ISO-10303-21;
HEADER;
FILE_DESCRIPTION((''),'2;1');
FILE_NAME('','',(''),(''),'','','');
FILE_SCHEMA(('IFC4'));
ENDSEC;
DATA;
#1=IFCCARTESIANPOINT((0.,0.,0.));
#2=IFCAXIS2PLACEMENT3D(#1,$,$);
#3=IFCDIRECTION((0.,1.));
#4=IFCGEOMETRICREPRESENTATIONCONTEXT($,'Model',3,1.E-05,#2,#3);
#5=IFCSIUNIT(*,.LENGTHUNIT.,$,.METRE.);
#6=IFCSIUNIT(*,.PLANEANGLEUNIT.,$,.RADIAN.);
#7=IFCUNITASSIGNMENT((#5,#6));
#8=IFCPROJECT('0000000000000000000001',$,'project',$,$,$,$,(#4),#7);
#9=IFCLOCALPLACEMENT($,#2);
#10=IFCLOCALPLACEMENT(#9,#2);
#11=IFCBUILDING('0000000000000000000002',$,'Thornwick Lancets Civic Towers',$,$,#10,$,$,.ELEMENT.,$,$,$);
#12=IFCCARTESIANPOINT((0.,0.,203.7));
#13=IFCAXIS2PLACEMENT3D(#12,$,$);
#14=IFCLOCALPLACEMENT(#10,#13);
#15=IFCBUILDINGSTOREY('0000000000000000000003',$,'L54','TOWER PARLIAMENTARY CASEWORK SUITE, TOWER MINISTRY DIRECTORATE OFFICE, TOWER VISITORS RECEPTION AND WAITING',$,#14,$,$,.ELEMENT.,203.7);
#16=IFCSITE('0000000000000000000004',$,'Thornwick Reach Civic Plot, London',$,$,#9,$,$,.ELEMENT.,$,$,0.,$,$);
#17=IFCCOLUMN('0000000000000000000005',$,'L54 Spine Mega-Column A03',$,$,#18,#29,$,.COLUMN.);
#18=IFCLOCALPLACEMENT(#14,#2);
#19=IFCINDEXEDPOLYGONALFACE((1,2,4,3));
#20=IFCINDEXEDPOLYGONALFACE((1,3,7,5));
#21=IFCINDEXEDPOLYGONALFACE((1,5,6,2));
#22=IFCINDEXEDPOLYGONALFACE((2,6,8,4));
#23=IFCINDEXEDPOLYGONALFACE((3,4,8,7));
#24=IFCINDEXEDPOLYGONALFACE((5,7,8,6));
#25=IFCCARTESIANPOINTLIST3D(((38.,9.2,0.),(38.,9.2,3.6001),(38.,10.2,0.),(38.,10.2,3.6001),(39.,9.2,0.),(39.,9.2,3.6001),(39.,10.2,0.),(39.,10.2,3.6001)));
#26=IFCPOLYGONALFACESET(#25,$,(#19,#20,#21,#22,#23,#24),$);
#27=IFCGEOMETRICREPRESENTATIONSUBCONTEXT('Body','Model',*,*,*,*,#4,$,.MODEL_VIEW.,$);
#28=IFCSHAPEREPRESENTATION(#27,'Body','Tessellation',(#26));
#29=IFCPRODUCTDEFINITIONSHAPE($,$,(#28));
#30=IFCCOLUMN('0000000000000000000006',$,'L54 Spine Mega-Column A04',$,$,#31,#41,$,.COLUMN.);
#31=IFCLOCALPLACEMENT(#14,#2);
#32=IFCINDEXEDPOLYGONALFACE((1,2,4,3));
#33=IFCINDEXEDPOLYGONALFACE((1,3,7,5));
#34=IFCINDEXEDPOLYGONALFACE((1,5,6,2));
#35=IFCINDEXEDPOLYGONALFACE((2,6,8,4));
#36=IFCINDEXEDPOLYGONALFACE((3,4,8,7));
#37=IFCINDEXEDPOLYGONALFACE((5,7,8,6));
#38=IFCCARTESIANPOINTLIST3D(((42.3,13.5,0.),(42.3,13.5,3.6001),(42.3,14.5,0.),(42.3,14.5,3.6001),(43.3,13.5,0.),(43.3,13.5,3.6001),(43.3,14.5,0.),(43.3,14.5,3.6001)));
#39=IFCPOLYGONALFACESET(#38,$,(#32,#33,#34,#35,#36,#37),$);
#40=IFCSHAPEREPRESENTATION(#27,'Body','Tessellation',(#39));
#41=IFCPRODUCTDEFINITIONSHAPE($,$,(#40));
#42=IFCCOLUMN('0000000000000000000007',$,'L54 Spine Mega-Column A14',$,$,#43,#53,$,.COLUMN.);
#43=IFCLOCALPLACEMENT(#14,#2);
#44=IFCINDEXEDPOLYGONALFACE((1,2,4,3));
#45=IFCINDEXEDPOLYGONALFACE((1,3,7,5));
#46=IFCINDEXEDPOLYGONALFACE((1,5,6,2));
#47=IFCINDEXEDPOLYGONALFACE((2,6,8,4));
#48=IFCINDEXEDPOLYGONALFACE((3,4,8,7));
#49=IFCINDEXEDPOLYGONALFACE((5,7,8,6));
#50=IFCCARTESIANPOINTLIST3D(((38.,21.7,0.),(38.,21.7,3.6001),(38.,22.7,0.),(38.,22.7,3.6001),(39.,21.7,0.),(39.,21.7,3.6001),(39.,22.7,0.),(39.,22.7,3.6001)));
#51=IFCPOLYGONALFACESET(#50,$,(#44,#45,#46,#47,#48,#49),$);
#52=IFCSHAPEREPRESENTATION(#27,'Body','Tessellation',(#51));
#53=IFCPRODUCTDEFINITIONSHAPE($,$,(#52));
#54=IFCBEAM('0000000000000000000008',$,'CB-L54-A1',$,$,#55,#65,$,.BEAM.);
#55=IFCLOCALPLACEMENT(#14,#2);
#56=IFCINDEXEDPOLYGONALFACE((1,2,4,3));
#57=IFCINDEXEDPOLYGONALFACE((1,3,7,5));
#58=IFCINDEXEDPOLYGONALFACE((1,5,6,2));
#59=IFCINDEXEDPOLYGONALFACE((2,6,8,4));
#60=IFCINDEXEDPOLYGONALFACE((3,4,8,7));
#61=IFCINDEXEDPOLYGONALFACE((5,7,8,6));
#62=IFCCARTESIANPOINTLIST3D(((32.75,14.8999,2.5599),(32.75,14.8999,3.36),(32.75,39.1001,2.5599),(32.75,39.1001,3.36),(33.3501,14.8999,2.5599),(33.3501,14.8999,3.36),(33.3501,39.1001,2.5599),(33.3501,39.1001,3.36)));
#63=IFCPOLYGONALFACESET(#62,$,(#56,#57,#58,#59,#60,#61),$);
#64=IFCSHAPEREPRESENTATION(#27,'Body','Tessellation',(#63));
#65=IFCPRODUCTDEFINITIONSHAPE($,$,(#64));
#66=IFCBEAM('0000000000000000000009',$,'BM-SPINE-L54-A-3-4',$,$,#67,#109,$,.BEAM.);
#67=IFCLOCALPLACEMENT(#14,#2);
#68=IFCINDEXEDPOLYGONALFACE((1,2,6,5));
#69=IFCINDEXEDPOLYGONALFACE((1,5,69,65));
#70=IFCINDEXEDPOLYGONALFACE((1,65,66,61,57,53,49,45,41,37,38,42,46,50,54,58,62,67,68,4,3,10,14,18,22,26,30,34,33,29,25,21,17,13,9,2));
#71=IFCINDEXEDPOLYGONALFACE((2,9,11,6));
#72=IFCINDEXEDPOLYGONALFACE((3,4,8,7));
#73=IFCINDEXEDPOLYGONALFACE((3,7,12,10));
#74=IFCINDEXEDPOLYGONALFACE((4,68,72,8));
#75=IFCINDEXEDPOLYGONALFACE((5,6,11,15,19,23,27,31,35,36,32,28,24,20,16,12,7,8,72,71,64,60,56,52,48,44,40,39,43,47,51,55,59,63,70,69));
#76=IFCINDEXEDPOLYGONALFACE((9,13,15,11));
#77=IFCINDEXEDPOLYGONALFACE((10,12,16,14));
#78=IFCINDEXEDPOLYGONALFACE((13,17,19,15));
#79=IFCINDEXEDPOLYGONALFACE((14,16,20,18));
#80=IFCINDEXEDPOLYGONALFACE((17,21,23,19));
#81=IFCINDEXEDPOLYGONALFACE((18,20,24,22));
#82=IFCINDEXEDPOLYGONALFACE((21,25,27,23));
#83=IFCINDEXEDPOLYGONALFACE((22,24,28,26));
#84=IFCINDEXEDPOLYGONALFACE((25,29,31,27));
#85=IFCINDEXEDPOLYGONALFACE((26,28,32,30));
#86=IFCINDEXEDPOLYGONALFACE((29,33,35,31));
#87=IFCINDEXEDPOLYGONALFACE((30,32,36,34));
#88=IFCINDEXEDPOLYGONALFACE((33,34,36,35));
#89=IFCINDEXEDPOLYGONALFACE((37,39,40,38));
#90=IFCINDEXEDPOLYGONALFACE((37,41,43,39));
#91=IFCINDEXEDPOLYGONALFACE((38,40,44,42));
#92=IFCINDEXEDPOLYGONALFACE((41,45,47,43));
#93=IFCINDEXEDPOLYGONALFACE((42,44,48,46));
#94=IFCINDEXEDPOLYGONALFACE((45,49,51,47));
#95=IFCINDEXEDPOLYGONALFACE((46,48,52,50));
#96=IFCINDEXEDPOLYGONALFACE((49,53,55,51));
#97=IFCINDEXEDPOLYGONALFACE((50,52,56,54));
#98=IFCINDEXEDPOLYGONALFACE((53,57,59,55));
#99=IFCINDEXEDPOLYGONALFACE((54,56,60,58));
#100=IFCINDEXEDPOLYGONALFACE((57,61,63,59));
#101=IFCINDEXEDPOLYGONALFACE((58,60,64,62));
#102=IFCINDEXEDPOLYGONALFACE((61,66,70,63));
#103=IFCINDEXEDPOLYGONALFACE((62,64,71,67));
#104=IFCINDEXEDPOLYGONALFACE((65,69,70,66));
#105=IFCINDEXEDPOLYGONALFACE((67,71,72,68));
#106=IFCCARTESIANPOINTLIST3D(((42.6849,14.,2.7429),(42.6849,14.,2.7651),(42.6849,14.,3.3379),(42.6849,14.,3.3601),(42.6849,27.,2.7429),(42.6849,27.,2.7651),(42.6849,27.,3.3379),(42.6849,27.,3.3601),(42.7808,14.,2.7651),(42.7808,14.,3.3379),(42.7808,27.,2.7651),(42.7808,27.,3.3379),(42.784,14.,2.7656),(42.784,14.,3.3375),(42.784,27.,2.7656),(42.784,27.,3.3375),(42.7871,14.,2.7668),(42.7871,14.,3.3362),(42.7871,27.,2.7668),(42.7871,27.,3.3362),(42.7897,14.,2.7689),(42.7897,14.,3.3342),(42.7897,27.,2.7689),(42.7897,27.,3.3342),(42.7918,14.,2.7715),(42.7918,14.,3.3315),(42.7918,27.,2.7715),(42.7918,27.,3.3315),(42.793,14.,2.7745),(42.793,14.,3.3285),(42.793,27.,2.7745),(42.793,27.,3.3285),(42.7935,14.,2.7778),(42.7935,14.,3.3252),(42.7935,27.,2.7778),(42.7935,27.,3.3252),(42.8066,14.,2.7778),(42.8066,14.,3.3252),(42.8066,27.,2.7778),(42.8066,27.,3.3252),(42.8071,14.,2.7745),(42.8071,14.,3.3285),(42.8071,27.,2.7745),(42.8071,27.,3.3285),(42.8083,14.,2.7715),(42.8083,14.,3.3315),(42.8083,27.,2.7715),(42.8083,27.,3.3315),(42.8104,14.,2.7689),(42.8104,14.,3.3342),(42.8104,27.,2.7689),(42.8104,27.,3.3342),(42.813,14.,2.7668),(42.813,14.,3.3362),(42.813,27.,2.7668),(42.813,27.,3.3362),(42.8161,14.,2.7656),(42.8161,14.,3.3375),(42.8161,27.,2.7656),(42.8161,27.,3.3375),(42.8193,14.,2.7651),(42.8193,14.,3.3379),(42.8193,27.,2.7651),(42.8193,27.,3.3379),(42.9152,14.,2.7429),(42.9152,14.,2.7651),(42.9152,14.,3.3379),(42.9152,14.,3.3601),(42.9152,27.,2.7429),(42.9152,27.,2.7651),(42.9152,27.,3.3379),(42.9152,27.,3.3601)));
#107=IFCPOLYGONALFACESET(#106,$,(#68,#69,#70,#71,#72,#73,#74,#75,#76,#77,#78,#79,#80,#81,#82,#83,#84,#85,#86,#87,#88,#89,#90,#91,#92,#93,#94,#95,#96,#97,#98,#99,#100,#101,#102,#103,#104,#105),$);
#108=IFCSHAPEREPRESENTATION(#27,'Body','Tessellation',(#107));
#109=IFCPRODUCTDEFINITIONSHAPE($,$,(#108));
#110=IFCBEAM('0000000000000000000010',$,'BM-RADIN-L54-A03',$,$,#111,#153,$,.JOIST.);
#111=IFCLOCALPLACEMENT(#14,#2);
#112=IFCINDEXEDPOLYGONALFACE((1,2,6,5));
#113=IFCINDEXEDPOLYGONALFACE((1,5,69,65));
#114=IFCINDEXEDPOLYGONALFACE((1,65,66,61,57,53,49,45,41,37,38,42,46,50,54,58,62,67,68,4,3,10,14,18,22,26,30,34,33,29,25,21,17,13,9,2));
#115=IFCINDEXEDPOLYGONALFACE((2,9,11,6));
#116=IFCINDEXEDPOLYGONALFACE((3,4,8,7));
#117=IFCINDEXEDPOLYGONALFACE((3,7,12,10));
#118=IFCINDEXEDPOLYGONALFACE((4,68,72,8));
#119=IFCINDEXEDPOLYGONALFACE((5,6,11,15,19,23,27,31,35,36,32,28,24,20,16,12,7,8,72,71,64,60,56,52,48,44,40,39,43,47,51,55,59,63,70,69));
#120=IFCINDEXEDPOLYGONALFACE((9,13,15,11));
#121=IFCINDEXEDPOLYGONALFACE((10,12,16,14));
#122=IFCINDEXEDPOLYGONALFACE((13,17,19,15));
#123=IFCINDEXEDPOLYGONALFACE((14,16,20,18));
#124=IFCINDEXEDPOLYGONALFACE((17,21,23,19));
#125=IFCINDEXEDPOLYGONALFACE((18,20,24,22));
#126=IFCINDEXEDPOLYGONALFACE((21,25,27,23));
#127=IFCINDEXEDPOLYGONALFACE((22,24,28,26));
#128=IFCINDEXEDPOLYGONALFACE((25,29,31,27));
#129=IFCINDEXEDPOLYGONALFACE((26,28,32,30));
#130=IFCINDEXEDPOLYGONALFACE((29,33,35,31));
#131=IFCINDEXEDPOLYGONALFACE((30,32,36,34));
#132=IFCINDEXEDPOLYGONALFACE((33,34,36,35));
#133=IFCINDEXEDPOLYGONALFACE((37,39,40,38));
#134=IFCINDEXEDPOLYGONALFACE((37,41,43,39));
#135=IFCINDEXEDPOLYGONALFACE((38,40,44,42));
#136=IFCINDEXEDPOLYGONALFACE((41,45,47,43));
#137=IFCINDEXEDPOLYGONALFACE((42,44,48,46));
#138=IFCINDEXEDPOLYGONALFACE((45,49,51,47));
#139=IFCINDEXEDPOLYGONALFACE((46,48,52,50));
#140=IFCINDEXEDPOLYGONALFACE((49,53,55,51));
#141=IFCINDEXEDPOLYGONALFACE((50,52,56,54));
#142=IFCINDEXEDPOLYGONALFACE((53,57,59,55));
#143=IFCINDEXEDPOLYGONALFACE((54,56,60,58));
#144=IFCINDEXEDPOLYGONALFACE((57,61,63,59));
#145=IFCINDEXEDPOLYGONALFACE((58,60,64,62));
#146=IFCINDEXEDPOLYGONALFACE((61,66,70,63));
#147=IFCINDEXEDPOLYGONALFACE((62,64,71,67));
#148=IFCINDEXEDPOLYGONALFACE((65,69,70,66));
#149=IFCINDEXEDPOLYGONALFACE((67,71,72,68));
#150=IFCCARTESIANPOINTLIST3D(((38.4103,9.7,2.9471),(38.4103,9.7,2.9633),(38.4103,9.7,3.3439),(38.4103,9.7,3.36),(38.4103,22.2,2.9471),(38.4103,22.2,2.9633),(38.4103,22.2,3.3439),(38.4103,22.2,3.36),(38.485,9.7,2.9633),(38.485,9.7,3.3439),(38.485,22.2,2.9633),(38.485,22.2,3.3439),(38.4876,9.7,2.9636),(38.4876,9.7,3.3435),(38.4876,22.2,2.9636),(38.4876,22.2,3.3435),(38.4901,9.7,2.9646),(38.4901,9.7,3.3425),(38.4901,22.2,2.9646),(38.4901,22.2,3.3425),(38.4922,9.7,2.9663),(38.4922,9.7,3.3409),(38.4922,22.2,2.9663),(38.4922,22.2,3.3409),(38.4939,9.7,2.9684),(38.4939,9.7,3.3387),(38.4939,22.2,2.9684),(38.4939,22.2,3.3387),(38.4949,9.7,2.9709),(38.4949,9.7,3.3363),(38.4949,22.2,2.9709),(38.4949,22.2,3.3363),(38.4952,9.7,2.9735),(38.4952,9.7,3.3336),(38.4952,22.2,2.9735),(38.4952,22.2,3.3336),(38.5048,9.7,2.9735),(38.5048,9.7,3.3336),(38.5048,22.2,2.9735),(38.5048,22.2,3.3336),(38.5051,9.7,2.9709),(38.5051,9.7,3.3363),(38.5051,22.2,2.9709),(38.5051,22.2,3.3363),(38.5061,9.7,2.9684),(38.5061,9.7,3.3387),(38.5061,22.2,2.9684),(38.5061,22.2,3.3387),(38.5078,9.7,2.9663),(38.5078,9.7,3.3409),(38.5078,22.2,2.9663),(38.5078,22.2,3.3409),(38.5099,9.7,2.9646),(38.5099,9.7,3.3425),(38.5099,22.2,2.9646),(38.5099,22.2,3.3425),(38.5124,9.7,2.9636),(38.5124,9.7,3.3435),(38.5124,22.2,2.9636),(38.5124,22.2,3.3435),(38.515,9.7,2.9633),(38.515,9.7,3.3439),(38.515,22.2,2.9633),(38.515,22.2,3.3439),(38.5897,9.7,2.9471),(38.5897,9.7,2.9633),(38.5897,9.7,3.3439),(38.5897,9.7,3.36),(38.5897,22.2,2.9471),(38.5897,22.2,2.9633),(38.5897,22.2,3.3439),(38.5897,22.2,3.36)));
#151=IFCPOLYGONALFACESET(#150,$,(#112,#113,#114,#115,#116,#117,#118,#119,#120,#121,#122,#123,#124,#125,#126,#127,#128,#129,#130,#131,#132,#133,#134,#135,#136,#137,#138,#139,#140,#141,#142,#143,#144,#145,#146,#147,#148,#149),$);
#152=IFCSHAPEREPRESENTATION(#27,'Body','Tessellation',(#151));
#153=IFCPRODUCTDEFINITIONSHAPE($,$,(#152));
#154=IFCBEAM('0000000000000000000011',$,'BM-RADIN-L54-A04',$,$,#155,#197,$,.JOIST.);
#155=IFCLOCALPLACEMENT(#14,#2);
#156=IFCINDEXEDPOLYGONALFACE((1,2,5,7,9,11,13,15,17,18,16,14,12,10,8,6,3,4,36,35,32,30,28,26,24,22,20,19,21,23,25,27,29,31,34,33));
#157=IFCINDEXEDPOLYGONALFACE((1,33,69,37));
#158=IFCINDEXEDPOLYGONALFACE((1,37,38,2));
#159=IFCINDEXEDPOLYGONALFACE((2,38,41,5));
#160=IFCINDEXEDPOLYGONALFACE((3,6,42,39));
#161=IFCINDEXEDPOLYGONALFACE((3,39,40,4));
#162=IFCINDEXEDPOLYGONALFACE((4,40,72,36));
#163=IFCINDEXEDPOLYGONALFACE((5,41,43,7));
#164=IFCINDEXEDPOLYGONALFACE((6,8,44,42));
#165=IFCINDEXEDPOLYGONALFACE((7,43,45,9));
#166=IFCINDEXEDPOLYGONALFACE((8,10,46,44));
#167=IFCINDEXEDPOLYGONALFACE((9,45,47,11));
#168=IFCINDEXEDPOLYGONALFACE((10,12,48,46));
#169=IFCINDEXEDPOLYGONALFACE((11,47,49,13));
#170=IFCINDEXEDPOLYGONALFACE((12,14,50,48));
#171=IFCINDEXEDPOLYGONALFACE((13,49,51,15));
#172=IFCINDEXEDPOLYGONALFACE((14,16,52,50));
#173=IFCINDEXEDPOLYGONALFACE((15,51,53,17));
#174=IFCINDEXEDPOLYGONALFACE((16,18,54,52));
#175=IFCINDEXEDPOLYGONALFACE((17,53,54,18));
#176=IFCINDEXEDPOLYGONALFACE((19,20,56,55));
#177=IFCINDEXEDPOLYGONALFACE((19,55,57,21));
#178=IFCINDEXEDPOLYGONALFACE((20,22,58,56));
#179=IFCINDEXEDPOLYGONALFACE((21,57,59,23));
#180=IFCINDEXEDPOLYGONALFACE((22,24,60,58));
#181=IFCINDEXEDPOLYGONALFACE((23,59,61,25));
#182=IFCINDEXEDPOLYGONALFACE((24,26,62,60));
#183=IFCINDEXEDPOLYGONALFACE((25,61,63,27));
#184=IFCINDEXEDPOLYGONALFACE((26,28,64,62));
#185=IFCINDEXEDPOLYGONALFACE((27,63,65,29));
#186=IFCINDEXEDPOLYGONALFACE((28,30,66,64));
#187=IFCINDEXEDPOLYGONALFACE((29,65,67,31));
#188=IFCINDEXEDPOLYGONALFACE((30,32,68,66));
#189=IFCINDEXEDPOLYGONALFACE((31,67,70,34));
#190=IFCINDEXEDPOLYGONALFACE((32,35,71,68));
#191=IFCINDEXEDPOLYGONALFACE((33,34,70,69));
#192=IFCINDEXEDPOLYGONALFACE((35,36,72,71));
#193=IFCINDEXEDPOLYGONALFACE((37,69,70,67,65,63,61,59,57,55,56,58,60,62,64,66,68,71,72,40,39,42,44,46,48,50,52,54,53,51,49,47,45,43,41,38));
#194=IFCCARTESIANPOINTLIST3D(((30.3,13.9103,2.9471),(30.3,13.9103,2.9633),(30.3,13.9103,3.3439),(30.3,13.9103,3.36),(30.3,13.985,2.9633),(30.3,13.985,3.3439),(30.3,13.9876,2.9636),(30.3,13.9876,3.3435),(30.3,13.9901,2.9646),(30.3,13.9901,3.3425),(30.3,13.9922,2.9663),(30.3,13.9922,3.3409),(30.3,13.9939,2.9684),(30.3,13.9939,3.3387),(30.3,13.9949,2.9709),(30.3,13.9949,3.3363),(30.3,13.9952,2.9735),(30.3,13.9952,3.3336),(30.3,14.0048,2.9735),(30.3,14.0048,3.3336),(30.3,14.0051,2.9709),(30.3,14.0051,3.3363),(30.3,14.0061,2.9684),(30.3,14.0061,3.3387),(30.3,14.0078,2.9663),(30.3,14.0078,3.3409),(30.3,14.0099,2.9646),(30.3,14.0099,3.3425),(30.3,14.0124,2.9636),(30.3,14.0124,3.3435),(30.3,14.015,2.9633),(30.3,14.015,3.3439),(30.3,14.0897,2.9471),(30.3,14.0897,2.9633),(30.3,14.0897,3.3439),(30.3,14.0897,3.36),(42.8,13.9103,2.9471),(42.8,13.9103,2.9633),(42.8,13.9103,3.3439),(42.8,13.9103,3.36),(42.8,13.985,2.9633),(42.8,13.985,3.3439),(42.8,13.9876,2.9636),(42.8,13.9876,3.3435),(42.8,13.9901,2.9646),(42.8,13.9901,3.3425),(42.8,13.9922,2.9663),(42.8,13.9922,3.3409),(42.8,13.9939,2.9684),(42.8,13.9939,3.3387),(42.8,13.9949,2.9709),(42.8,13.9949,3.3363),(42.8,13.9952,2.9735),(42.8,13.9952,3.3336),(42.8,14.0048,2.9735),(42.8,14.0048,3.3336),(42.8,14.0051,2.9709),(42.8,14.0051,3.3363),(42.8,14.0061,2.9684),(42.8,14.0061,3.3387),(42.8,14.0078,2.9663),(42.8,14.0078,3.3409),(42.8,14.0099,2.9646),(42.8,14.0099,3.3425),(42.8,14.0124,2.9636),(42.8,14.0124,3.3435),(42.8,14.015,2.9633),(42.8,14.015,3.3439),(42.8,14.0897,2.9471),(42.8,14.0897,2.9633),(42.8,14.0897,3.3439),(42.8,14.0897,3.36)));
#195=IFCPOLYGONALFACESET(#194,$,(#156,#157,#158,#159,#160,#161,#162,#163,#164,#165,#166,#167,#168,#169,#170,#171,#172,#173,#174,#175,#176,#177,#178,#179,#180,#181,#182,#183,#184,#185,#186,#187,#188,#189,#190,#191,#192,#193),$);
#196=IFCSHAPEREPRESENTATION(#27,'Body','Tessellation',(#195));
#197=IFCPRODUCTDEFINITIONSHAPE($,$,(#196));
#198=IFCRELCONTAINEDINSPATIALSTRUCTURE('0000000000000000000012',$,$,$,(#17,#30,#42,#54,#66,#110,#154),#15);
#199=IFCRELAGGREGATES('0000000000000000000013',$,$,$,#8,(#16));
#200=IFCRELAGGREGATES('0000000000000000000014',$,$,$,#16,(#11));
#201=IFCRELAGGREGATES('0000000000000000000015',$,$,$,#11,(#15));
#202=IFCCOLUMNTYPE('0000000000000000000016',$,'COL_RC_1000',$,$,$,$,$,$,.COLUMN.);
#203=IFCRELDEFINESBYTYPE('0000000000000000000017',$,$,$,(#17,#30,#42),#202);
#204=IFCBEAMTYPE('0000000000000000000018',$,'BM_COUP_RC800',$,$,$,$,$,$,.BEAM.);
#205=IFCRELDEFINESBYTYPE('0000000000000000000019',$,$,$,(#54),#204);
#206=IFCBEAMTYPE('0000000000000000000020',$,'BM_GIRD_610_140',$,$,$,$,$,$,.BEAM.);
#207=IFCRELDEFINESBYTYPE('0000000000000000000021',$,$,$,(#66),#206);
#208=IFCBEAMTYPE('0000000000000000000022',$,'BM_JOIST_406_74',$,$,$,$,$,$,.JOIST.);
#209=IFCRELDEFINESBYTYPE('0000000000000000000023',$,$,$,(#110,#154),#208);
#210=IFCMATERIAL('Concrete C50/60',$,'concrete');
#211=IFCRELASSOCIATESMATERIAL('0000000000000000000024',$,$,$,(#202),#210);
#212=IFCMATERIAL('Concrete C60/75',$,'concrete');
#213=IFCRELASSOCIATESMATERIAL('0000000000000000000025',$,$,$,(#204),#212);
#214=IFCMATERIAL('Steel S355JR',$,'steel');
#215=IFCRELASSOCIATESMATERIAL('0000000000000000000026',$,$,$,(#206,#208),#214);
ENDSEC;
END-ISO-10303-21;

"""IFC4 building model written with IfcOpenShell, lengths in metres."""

from ifc_helpers import new_model, si_unit, direction, frame, origin, origin_2d, place, context, subcontext, project, spatial, rectangle, i_section, extrude, material, material_profile, profile_set, type_object, element, save


model = new_model("IFC4")

# Units and contexts
model_context = context("Model", 3, precision=1e-05, world=origin(), true_north=direction((0.0, 1.0)))
body_context = subcontext(model_context, "Body", "Model", "MODEL_VIEW")
ifc_project = project(units=[si_unit("LENGTHUNIT", "METRE"), si_unit("PLANEANGLEUNIT", "RADIAN")], contexts=[model_context])

# Site, building, storey
site_placement = place(None, origin())
site = spatial("IfcSite", under=ifc_project, at=site_placement, Name="Thornwick Reach Civic Plot, London", CompositionType="ELEMENT", RefElevation=0.0)
building_placement = place(site_placement, origin())
building = spatial("IfcBuilding", under=site, at=building_placement, Name="Thornwick Lancets Civic Towers", CompositionType="ELEMENT")
storey_placement = place(building_placement, frame((0.0, 0.0, 203.7)))
storey = spatial("IfcBuildingStorey", under=building, at=storey_placement, Name="L54", Description="TOWER PARLIAMENTARY CASEWORK SUITE, TOWER MINISTRY DIRECTORATE OFFICE, TOWER VISITORS RECEPTION AND WAITING", CompositionType="ELEMENT", Elevation=203.7)

# Columns
ifc_material_1 = material(Name="Concrete C50/60", Category="concrete")
ifc_material_profile_1 = material_profile(ifc_material_1, rectangle(XDim=1.0, YDim=1.0, at=origin_2d()), Name="RC 1000x1000")
ifc_profile_set_1 = profile_set([ifc_material_profile_1], Name="Concrete C50/60")
column_type = type_object("IfcColumnType", Name="COL_RC_1000", PredefinedType="COLUMN", material=ifc_profile_set_1)
for number, where, z_axis, x_axis, name in (
    (1, (38.5, 9.7, 0.0), (0.0, 0.0, 1.0), (1.0, 0.0, 0.0), "L54 Spine Mega-Column A03"),
    (2, (42.8, 14.0, 0.0), (0.0, 0.0, 1.0), (1.0, 0.0, 0.0), "L54 Spine Mega-Column A04"),
    (3, (38.5, 22.2, 0.0), (0.0, 0.0, 1.0), (1.0, 0.0, 0.0), "L54 Spine Mega-Column A14"),
):
    element("IfcColumn", number, at=place(storey_placement, frame(where, z_axis=z_axis, x_axis=x_axis)), inside=storey, type_object=column_type, Name=name, PredefinedType="COLUMN", context=body_context, shape_type="SweptSolid", body=[
        extrude(rectangle(XDim=1.0, YDim=1.0, at=origin_2d()), origin(), (0.0, 0.0, 1.0), 3.6001),
    ])

# Beams
ifc_material_2 = material(Name="Concrete C60/75", Category="concrete")
ifc_material_profile_2 = material_profile(ifc_material_2, rectangle(XDim=0.6001, YDim=0.8, at=origin_2d()), Name="RC 600x800")
ifc_profile_set_2 = profile_set([ifc_material_profile_2], Name="Concrete C60/75")
beam_type_1 = type_object("IfcBeamType", Name="BM_COUP_RC800", PredefinedType="BEAM", material=ifc_profile_set_2)
beam_1_placement = place(storey_placement, frame((33.05, 14.8999, 2.96), z_axis=(0.0, 1.0, 0.0), x_axis=(-1.0, 0.0, 0.0)))
element("IfcBeam", 4, at=beam_1_placement, inside=storey, type_object=beam_type_1, Name="CB-L54-A1", PredefinedType="BEAM", context=body_context, shape_type="SweptSolid", body=[
    extrude(rectangle(XDim=0.6001, YDim=0.8, at=origin_2d()), origin(), (0.0, 0.0, 1.0), 24.2002),
])
ifc_material_3 = material(Name="Steel S355JR", Category="steel")
ifc_material_profile_3 = material_profile(ifc_material_3, i_section(OverallWidth=0.2302, OverallDepth=0.6172, WebThickness=0.0132, FlangeThickness=0.0222, FilletRadius=0.0127, at=origin_2d()), Name="UKB 610x229x140")
ifc_profile_set_3 = profile_set([ifc_material_profile_3], Name="Steel S355JR")
beam_type_2 = type_object("IfcBeamType", Name="BM_GIRD_610_140", PredefinedType="BEAM", material=ifc_profile_set_3)
beam_2_placement = place(storey_placement, frame((42.8, 14.0, 3.0515), z_axis=(0.0, 1.0, 0.0), x_axis=(-1.0, 0.0, 0.0)))
element("IfcBeam", 5, at=beam_2_placement, inside=storey, type_object=beam_type_2, Name="BM-SPINE-L54-A-3-4", PredefinedType="BEAM", context=body_context, shape_type="SweptSolid", body=[
    extrude(i_section(OverallWidth=0.2302, OverallDepth=0.6172, WebThickness=0.0132, FlangeThickness=0.0222, FilletRadius=0.0127, at=origin_2d()), origin(), (0.0, 0.0, 1.0), 13.0),
])
ifc_material_profile_4 = material_profile(ifc_material_3, i_section(OverallWidth=0.1794, OverallDepth=0.4128, WebThickness=0.0095, FlangeThickness=0.0161, FilletRadius=0.0103, at=origin_2d()), Name="UKB 406x178x74")
ifc_profile_set_4 = profile_set([ifc_material_profile_4], Name="Steel S355JR")
beam_type_3 = type_object("IfcBeamType", Name="BM_JOIST_406_74", PredefinedType="JOIST", material=ifc_profile_set_4)
for number, where, z_axis, x_axis, name in (
    (6, (38.5, 22.2, 3.1536), (0.0, -1.0, 0.0), (1.0, 0.0, 0.0), "BM-RADIN-L54-A03"),
    (7, (30.3, 14.0, 3.1536), (1.0, 0.0, 0.0), (0.0, 1.0, 0.0), "BM-RADIN-L54-A04"),
):
    element("IfcBeam", number, at=place(storey_placement, frame(where, z_axis=z_axis, x_axis=x_axis)), inside=storey, type_object=beam_type_3, Name=name, PredefinedType="JOIST", context=body_context, shape_type="SweptSolid", body=[
        extrude(i_section(OverallWidth=0.1794, OverallDepth=0.4128, WebThickness=0.0095, FlangeThickness=0.0161, FilletRadius=0.0103, at=origin_2d()), origin(), (0.0, 0.0, 1.0), 12.5),
    ])

save(model, "model.ifc")
